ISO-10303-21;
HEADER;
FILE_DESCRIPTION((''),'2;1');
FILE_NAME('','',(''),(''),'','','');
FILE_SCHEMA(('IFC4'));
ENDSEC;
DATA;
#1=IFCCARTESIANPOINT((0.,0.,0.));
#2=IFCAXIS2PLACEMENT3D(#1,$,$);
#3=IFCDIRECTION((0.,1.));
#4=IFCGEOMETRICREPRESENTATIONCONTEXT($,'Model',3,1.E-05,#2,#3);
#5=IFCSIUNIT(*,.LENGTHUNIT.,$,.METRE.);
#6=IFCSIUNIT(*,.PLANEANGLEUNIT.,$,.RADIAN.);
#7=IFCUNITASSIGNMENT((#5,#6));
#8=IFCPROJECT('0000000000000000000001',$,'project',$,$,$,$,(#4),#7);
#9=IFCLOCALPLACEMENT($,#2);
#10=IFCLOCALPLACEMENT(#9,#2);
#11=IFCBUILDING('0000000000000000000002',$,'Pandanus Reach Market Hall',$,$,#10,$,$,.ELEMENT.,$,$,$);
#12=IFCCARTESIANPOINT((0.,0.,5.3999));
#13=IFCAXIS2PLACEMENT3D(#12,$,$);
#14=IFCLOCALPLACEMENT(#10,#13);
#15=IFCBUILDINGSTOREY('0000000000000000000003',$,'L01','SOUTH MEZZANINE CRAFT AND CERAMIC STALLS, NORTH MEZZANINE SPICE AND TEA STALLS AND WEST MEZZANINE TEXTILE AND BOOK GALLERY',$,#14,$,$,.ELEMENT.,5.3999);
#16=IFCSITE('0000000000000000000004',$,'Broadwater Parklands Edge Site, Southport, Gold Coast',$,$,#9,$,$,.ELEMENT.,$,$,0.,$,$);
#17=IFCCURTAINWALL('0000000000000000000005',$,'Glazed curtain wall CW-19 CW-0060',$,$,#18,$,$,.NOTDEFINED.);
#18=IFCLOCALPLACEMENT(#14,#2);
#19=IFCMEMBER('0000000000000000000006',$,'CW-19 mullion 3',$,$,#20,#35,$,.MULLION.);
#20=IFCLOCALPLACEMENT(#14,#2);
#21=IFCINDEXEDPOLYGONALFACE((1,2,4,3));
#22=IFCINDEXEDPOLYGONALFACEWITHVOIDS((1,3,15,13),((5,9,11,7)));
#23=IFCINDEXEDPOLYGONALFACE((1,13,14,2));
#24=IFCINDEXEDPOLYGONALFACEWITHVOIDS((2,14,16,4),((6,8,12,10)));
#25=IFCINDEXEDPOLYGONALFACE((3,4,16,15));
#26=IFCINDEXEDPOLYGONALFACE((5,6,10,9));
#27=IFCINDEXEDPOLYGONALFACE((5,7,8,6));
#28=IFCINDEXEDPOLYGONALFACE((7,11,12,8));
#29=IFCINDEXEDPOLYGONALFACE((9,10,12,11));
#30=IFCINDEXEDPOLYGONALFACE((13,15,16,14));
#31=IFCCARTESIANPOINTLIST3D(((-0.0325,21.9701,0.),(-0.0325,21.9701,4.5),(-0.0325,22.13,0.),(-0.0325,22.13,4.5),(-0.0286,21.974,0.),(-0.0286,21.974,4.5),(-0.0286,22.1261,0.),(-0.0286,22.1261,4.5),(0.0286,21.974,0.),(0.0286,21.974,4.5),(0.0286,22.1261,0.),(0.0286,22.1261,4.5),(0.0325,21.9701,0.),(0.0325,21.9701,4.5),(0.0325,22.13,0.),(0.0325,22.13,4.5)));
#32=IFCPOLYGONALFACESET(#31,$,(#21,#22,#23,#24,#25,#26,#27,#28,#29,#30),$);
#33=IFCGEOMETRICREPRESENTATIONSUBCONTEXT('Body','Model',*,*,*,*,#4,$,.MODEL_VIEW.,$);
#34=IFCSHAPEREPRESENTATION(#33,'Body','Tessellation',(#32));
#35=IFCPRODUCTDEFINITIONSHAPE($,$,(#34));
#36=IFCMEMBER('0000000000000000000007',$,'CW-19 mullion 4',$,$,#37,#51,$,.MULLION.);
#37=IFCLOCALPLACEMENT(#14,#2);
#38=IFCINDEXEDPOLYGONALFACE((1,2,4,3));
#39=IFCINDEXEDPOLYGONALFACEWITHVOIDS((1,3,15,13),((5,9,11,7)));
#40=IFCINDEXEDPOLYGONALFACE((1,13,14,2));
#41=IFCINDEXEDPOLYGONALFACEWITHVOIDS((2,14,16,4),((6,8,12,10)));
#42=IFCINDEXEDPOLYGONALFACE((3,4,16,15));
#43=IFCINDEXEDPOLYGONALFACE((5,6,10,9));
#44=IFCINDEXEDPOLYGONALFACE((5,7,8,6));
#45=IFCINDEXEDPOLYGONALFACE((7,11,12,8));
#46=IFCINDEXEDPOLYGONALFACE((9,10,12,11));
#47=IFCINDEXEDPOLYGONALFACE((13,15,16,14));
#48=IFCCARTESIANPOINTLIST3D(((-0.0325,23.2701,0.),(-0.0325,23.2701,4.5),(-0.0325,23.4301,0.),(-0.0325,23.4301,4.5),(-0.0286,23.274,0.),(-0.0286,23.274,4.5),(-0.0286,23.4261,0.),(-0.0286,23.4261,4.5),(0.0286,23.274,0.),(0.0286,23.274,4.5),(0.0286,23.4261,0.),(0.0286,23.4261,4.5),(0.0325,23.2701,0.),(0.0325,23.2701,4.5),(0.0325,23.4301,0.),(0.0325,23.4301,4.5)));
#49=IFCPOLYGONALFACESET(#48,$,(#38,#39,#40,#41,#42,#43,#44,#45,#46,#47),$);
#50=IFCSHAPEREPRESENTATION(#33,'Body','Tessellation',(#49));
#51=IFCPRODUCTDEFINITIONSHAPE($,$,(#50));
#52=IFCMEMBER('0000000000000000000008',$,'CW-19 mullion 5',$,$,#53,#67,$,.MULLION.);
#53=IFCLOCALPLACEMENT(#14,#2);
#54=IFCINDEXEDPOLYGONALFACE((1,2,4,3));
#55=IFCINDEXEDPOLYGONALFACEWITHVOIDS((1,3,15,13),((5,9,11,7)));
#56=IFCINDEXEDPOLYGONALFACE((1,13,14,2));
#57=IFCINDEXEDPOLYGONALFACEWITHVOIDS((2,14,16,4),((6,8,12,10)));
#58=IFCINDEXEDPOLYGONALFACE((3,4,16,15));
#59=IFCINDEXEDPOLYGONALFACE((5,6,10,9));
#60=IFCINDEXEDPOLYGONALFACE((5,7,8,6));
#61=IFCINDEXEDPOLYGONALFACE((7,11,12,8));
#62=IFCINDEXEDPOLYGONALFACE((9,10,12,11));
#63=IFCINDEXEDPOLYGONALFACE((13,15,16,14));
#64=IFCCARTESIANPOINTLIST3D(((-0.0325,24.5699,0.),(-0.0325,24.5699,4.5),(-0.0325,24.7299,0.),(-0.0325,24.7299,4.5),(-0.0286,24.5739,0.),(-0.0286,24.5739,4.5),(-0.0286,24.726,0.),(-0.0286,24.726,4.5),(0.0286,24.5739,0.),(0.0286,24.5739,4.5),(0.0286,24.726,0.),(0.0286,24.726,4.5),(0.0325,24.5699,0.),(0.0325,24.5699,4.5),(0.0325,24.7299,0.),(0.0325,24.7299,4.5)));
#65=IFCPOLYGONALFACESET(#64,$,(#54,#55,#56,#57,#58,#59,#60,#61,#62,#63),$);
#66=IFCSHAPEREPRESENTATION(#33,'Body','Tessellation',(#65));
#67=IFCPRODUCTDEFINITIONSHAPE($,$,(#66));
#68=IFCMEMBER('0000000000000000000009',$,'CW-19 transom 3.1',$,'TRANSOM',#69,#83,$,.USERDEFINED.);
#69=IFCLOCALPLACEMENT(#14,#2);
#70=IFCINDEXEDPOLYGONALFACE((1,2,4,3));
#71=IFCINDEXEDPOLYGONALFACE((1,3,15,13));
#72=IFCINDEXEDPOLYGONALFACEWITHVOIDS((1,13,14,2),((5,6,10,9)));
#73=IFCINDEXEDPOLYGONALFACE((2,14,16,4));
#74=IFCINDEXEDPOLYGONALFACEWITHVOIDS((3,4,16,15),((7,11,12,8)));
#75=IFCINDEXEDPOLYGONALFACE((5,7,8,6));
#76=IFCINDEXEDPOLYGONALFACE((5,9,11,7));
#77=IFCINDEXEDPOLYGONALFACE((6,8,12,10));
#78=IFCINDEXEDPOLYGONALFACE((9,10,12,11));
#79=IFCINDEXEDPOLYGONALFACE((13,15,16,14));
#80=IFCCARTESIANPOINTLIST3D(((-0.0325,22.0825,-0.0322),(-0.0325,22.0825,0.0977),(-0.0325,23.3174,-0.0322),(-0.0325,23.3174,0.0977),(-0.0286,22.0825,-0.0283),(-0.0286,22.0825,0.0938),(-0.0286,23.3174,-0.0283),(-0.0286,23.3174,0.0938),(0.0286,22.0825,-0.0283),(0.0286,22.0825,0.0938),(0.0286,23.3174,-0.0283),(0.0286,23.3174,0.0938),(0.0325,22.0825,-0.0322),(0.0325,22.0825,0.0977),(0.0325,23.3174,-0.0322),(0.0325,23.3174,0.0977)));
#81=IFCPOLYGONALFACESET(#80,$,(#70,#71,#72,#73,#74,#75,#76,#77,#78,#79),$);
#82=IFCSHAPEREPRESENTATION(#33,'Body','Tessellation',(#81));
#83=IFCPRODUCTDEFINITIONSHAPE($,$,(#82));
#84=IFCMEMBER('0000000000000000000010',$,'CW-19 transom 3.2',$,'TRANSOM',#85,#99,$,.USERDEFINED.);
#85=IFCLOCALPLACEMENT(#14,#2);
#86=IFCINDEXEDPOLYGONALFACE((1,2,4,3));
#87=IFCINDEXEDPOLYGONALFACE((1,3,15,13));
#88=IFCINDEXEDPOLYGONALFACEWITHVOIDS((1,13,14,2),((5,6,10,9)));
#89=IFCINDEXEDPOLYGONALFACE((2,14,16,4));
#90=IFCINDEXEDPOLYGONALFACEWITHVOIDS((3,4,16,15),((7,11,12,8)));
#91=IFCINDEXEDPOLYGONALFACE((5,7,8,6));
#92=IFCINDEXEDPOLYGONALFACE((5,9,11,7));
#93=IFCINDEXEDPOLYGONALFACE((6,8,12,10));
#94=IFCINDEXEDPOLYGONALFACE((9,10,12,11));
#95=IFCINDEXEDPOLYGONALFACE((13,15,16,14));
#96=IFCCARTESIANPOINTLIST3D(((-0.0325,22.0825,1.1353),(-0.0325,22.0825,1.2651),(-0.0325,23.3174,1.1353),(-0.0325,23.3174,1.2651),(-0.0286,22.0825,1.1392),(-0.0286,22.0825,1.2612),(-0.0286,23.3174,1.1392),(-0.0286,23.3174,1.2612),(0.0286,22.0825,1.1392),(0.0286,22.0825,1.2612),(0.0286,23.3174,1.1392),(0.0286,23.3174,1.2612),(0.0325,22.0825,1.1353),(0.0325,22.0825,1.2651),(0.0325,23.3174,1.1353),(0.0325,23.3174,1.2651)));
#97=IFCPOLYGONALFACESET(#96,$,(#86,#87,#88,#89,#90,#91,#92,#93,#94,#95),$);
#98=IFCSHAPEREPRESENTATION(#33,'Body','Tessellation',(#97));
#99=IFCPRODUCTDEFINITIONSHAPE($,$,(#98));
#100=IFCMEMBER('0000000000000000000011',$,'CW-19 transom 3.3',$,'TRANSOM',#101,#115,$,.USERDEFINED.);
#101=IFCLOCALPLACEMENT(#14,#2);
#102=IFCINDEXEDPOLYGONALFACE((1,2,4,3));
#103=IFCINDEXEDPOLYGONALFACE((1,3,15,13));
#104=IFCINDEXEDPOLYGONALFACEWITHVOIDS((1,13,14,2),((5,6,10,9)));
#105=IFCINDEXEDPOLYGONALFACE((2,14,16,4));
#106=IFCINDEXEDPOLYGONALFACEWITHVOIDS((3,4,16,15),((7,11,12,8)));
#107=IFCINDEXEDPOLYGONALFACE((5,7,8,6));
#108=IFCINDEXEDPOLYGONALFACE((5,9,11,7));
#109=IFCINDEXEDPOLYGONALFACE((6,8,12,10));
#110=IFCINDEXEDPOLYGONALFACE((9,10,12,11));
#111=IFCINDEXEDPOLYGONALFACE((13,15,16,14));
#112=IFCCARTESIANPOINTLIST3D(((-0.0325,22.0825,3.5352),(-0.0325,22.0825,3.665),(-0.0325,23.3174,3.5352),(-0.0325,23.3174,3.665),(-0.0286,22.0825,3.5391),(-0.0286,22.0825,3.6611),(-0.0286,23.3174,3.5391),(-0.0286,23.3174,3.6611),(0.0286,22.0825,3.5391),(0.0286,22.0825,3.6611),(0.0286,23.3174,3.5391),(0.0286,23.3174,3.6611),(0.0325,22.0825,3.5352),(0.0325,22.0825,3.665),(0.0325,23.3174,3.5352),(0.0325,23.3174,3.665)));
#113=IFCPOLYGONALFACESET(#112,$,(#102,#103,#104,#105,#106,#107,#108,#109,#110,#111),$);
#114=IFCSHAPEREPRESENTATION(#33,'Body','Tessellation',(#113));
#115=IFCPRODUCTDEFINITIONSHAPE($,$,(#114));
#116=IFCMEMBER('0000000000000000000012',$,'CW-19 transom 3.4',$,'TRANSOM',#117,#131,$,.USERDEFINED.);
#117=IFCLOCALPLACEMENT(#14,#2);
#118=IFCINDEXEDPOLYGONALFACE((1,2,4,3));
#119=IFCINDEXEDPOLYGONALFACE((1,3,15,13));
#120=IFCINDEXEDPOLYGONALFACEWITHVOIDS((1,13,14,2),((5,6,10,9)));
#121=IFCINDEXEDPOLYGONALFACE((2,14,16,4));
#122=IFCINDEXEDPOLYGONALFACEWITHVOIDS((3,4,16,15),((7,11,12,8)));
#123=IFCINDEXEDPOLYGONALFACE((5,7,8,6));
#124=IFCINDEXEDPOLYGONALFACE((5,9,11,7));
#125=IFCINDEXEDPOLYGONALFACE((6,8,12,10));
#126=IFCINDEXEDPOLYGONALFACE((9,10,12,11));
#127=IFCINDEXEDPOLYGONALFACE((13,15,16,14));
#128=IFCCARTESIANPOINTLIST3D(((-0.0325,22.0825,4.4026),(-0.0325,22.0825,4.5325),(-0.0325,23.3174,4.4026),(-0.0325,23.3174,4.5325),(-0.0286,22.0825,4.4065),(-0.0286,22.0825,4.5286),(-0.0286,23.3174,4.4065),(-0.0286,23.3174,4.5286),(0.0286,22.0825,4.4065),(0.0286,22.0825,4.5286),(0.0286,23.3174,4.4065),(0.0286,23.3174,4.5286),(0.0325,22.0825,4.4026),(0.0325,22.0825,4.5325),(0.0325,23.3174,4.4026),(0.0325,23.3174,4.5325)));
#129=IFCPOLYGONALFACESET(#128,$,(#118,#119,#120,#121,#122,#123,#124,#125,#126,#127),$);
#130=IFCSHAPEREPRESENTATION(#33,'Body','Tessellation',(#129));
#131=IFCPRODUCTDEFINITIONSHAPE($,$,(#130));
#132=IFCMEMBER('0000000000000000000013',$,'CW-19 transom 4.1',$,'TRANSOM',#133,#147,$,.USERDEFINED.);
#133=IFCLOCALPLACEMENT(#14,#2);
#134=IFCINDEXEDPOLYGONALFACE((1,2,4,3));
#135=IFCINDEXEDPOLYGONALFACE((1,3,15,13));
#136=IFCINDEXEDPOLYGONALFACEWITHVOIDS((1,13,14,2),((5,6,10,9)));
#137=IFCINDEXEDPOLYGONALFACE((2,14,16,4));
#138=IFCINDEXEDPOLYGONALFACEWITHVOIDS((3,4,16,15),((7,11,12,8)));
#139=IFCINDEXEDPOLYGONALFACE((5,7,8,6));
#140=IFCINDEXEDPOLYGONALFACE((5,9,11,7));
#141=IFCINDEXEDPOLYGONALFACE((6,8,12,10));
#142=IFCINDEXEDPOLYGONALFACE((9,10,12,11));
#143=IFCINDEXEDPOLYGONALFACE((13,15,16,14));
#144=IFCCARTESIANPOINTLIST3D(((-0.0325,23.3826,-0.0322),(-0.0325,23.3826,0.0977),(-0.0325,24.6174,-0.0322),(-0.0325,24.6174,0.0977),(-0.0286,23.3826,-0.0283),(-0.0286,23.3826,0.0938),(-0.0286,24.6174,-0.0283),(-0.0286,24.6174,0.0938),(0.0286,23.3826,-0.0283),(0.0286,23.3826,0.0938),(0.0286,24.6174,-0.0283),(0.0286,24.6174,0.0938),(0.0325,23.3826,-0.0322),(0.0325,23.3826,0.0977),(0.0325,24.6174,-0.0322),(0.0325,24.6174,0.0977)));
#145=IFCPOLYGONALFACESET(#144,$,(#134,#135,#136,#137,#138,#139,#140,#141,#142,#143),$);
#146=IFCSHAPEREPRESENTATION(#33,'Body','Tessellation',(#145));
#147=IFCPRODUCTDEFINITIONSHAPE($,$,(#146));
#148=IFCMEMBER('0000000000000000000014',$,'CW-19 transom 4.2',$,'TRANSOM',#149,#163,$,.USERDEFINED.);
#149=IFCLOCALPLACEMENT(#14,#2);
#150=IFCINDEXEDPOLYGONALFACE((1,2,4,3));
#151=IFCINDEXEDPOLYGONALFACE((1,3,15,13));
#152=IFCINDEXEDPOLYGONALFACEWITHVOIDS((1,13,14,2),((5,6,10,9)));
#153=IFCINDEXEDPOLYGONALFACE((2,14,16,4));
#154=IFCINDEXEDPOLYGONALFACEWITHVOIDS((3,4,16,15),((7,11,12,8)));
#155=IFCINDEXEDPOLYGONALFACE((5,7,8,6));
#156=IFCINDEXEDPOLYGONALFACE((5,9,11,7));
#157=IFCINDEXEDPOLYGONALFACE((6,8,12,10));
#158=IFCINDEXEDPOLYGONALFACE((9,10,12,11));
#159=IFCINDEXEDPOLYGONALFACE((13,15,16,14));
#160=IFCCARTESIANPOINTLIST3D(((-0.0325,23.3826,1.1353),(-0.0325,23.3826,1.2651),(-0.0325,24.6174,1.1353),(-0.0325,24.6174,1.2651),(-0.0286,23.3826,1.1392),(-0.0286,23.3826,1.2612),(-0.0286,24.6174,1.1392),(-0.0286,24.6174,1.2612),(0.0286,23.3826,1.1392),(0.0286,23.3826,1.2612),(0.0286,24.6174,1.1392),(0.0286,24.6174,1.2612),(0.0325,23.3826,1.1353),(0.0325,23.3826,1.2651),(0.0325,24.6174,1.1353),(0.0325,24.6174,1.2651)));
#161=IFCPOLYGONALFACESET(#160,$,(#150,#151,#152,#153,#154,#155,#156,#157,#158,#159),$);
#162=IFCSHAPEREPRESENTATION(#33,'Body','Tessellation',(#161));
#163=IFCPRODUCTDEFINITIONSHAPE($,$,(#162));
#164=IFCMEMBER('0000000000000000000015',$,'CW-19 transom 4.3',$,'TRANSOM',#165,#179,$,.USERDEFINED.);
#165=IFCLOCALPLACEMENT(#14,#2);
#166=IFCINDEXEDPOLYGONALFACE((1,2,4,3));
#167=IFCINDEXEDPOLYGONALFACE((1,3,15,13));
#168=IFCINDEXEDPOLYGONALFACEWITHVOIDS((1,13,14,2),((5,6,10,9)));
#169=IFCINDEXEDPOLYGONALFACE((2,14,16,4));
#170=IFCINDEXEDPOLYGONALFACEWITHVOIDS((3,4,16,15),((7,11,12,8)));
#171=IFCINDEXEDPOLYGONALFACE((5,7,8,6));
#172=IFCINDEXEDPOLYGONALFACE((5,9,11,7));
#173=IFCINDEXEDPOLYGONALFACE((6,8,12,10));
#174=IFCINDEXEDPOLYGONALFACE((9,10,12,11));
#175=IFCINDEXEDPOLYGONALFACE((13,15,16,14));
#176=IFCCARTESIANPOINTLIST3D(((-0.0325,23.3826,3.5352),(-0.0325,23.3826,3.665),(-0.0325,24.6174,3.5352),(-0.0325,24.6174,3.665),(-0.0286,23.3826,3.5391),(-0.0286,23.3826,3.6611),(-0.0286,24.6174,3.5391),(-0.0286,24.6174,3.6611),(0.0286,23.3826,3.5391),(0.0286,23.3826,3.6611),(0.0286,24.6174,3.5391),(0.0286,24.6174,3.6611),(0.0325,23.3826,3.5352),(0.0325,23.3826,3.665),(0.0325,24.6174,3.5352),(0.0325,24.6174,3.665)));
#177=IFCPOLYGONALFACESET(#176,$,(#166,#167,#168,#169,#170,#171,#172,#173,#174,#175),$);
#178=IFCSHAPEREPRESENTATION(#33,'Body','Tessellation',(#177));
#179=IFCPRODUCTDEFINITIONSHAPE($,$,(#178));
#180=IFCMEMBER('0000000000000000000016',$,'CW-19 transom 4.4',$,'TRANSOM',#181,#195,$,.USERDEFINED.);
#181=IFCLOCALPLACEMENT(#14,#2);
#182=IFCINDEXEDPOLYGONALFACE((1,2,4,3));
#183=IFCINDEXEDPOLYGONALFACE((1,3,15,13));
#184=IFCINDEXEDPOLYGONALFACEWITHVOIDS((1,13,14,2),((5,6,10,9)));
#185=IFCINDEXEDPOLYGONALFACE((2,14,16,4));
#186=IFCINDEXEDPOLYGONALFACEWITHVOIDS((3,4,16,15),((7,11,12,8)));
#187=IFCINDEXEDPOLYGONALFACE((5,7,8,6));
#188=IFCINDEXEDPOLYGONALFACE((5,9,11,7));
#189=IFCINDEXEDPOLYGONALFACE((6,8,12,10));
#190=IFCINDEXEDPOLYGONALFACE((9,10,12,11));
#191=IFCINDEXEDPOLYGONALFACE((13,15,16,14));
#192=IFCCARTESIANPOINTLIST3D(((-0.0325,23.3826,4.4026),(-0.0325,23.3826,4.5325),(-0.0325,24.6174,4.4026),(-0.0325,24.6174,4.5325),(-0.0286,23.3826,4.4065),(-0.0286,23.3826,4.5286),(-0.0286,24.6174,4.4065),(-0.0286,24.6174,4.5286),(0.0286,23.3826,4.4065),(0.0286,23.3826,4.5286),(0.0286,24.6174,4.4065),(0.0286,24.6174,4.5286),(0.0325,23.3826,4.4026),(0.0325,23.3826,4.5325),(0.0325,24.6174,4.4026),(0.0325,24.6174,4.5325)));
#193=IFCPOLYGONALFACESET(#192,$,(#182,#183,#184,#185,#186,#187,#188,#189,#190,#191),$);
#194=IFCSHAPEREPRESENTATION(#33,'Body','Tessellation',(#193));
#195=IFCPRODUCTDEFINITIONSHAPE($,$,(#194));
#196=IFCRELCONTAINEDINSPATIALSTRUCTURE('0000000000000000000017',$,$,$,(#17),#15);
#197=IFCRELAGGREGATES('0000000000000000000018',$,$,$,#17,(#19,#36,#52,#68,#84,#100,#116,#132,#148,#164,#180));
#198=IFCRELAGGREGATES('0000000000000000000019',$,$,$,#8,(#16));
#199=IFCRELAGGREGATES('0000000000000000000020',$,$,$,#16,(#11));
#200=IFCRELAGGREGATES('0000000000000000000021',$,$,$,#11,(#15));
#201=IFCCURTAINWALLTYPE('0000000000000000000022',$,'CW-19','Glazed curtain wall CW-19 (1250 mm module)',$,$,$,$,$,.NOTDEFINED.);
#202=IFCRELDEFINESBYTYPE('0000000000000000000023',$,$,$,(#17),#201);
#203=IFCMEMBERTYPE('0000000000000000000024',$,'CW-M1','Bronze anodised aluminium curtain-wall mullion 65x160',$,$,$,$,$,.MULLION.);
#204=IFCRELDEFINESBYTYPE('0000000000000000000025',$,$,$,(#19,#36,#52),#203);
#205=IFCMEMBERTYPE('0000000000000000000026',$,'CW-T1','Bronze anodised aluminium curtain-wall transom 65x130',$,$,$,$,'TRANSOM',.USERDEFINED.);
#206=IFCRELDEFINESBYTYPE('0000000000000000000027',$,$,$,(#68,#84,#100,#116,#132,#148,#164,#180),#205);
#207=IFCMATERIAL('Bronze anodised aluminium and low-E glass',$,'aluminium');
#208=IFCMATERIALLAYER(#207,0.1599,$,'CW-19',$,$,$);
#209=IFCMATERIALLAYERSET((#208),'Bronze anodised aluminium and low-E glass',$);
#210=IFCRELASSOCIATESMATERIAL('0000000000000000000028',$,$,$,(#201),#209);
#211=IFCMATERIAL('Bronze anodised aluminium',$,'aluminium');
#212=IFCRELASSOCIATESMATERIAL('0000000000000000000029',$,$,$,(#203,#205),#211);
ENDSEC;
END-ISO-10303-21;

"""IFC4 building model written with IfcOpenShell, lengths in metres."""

from ifc_helpers import new_model, si_unit, direction, frame, origin, origin_2d, place, context, subcontext, project, spatial, hollow_rectangle, extrude, material, layer, layer_set, material_profile, profile_set, type_object, element, aggregate, save


model = new_model("IFC4")

# Units and contexts
model_context = context("Model", 3, precision=1e-05, world=origin(), true_north=direction((0.0, 1.0)))
body_context = subcontext(model_context, "Body", "Model", "MODEL_VIEW")
ifc_project = project(units=[si_unit("LENGTHUNIT", "METRE"), si_unit("PLANEANGLEUNIT", "RADIAN")], contexts=[model_context])

# Site, building, storey
site_placement = place(None, origin())
site = spatial("IfcSite", under=ifc_project, at=site_placement, Name="Broadwater Parklands Edge Site, Southport, Gold Coast", CompositionType="ELEMENT", RefElevation=0.0)
building_placement = place(site_placement, origin())
building = spatial("IfcBuilding", under=site, at=building_placement, Name="Pandanus Reach Market Hall", CompositionType="ELEMENT")
storey_placement = place(building_placement, frame((0.0, 0.0, 5.3999)))
storey = spatial("IfcBuildingStorey", under=building, at=storey_placement, Name="L01", Description="SOUTH MEZZANINE CRAFT AND CERAMIC STALLS, NORTH MEZZANINE SPICE AND TEA STALLS AND WEST MEZZANINE TEXTILE AND BOOK GALLERY", CompositionType="ELEMENT", Elevation=5.3999)

# Curtain wall, members
ifc_material_1 = material(Name="Bronze anodised aluminium and low-E glass", Category="aluminium")
ifc_layer_1 = layer(ifc_material_1, 0.1599, Name="CW-19")
ifc_layer_set_1 = layer_set([ifc_layer_1], Name="Bronze anodised aluminium and low-E glass")
curtain_wall_type = type_object("IfcCurtainWallType", Name="CW-19", Description="Glazed curtain wall CW-19 (1250 mm module)", PredefinedType="NOTDEFINED", material=ifc_layer_set_1)
curtain_wall_placement = place(storey_placement, origin())
curtain_wall = element("IfcCurtainWall", 1, at=curtain_wall_placement, inside=storey, type_object=curtain_wall_type, Name="Glazed curtain wall CW-19 CW-0060", PredefinedType="NOTDEFINED")
ifc_material_2 = material(Name="Bronze anodised aluminium", Category="aluminium")
ifc_material_profile_1 = material_profile(ifc_material_2, hollow_rectangle(XDim=0.0649, YDim=0.1599, WallThickness=0.0039, at=origin_2d()), Name="ALU65x160", Category="LoadBearing")
ifc_profile_set_1 = profile_set([ifc_material_profile_1], Name="Bronze anodised aluminium")
member_type_1 = type_object("IfcMemberType", Name="CW-M1", Description="Bronze anodised aluminium curtain-wall mullion 65x160", PredefinedType="MULLION", material=ifc_profile_set_1)
member_1_placement = place(storey_placement, frame((0.0, 22.05, 0.0), z_axis=(0.0, 0.0, 1.0), x_axis=(-1.0, 0.0, 0.0)))
member_1 = element("IfcMember", 2, at=member_1_placement, type_object=member_type_1, Name="CW-19 mullion 3", PredefinedType="MULLION", context=body_context, shape_type="SweptSolid", body=[
    extrude(hollow_rectangle(XDim=0.0649, YDim=0.1599, WallThickness=0.0039, at=origin_2d()), origin(), (0.0, 0.0, 1.0), 4.5),
])
member_2_placement = place(storey_placement, frame((0.0, 23.3501, 0.0), z_axis=(0.0, 0.0, 1.0), x_axis=(-1.0, 0.0, 0.0)))
member_2 = element("IfcMember", 3, at=member_2_placement, type_object=member_type_1, Name="CW-19 mullion 4", PredefinedType="MULLION", context=body_context, shape_type="SweptSolid", body=[
    extrude(hollow_rectangle(XDim=0.0649, YDim=0.1599, WallThickness=0.0039, at=origin_2d()), origin(), (0.0, 0.0, 1.0), 4.5),
])
member_3_placement = place(storey_placement, frame((0.0, 24.6499, 0.0), z_axis=(0.0, 0.0, 1.0), x_axis=(-1.0, 0.0, 0.0)))
member_3 = element("IfcMember", 4, at=member_3_placement, type_object=member_type_1, Name="CW-19 mullion 5", PredefinedType="MULLION", context=body_context, shape_type="SweptSolid", body=[
    extrude(hollow_rectangle(XDim=0.0649, YDim=0.1599, WallThickness=0.0039, at=origin_2d()), origin(), (0.0, 0.0, 1.0), 4.5),
])
ifc_material_profile_2 = material_profile(ifc_material_2, hollow_rectangle(XDim=0.0649, YDim=0.1299, WallThickness=0.0039, at=origin_2d()), Name="ALU65x130", Category="LoadBearing")
ifc_profile_set_2 = profile_set([ifc_material_profile_2], Name="Bronze anodised aluminium")
member_type_2 = type_object("IfcMemberType", Name="CW-T1", Description="Bronze anodised aluminium curtain-wall transom 65x130", ElementType="TRANSOM", PredefinedType="USERDEFINED", material=ifc_profile_set_2)
member_4_placement = place(storey_placement, frame((0.0, 22.0825, 0.0327), z_axis=(0.0, 1.0, 0.0), x_axis=(-1.0, 0.0, 0.0)))
member_4 = element("IfcMember", 5, at=member_4_placement, type_object=member_type_2, Name="CW-19 transom 3.1", ObjectType="TRANSOM", PredefinedType="USERDEFINED", context=body_context, shape_type="SweptSolid", body=[
    extrude(hollow_rectangle(XDim=0.0649, YDim=0.1299, WallThickness=0.0039, at=origin_2d()), origin(), (0.0, 0.0, 1.0), 1.2349),
])
member_5_placement = place(storey_placement, frame((0.0, 22.0825, 1.2002), z_axis=(0.0, 1.0, 0.0), x_axis=(-1.0, 0.0, 0.0)))
member_5 = element("IfcMember", 6, at=member_5_placement, type_object=member_type_2, Name="CW-19 transom 3.2", ObjectType="TRANSOM", PredefinedType="USERDEFINED", context=body_context, shape_type="SweptSolid", body=[
    extrude(hollow_rectangle(XDim=0.0649, YDim=0.1299, WallThickness=0.0039, at=origin_2d()), origin(), (0.0, 0.0, 1.0), 1.2349),
])
member_6_placement = place(storey_placement, frame((0.0, 22.0825, 3.6001), z_axis=(0.0, 1.0, 0.0), x_axis=(-1.0, 0.0, 0.0)))
member_6 = element("IfcMember", 7, at=member_6_placement, type_object=member_type_2, Name="CW-19 transom 3.3", ObjectType="TRANSOM", PredefinedType="USERDEFINED", context=body_context, shape_type="SweptSolid", body=[
    extrude(hollow_rectangle(XDim=0.0649, YDim=0.1299, WallThickness=0.0039, at=origin_2d()), origin(), (0.0, 0.0, 1.0), 1.2349),
])
member_7_placement = place(storey_placement, frame((0.0, 22.0825, 4.4675), z_axis=(0.0, 1.0, 0.0), x_axis=(-1.0, 0.0, 0.0)))
member_7 = element("IfcMember", 8, at=member_7_placement, type_object=member_type_2, Name="CW-19 transom 3.4", ObjectType="TRANSOM", PredefinedType="USERDEFINED", context=body_context, shape_type="SweptSolid", body=[
    extrude(hollow_rectangle(XDim=0.0649, YDim=0.1299, WallThickness=0.0039, at=origin_2d()), origin(), (0.0, 0.0, 1.0), 1.2349),
])
member_8_placement = place(storey_placement, frame((0.0, 23.3826, 0.0327), z_axis=(0.0, 1.0, 0.0), x_axis=(-1.0, 0.0, 0.0)))
member_8 = element("IfcMember", 9, at=member_8_placement, type_object=member_type_2, Name="CW-19 transom 4.1", ObjectType="TRANSOM", PredefinedType="USERDEFINED", context=body_context, shape_type="SweptSolid", body=[
    extrude(hollow_rectangle(XDim=0.0649, YDim=0.1299, WallThickness=0.0039, at=origin_2d()), origin(), (0.0, 0.0, 1.0), 1.2349),
])
member_9_placement = place(storey_placement, frame((0.0, 23.3826, 1.2002), z_axis=(0.0, 1.0, 0.0), x_axis=(-1.0, 0.0, 0.0)))
member_9 = element("IfcMember", 10, at=member_9_placement, type_object=member_type_2, Name="CW-19 transom 4.2", ObjectType="TRANSOM", PredefinedType="USERDEFINED", context=body_context, shape_type="SweptSolid", body=[
    extrude(hollow_rectangle(XDim=0.0649, YDim=0.1299, WallThickness=0.0039, at=origin_2d()), origin(), (0.0, 0.0, 1.0), 1.2349),
])
member_10_placement = place(storey_placement, frame((0.0, 23.3826, 3.6001), z_axis=(0.0, 1.0, 0.0), x_axis=(-1.0, 0.0, 0.0)))
member_10 = element("IfcMember", 11, at=member_10_placement, type_object=member_type_2, Name="CW-19 transom 4.3", ObjectType="TRANSOM", PredefinedType="USERDEFINED", context=body_context, shape_type="SweptSolid", body=[
    extrude(hollow_rectangle(XDim=0.0649, YDim=0.1299, WallThickness=0.0039, at=origin_2d()), origin(), (0.0, 0.0, 1.0), 1.2349),
])
member_11_placement = place(storey_placement, frame((0.0, 23.3826, 4.4675), z_axis=(0.0, 1.0, 0.0), x_axis=(-1.0, 0.0, 0.0)))
member_11 = element("IfcMember", 12, at=member_11_placement, type_object=member_type_2, Name="CW-19 transom 4.4", ObjectType="TRANSOM", PredefinedType="USERDEFINED", context=body_context, shape_type="SweptSolid", body=[
    extrude(hollow_rectangle(XDim=0.0649, YDim=0.1299, WallThickness=0.0039, at=origin_2d()), origin(), (0.0, 0.0, 1.0), 1.2349),
])
aggregate(curtain_wall, [member_1, member_2, member_3, member_4, member_5, member_6, member_7, member_8, member_9, member_10, member_11])

save(model, "model.ifc")
